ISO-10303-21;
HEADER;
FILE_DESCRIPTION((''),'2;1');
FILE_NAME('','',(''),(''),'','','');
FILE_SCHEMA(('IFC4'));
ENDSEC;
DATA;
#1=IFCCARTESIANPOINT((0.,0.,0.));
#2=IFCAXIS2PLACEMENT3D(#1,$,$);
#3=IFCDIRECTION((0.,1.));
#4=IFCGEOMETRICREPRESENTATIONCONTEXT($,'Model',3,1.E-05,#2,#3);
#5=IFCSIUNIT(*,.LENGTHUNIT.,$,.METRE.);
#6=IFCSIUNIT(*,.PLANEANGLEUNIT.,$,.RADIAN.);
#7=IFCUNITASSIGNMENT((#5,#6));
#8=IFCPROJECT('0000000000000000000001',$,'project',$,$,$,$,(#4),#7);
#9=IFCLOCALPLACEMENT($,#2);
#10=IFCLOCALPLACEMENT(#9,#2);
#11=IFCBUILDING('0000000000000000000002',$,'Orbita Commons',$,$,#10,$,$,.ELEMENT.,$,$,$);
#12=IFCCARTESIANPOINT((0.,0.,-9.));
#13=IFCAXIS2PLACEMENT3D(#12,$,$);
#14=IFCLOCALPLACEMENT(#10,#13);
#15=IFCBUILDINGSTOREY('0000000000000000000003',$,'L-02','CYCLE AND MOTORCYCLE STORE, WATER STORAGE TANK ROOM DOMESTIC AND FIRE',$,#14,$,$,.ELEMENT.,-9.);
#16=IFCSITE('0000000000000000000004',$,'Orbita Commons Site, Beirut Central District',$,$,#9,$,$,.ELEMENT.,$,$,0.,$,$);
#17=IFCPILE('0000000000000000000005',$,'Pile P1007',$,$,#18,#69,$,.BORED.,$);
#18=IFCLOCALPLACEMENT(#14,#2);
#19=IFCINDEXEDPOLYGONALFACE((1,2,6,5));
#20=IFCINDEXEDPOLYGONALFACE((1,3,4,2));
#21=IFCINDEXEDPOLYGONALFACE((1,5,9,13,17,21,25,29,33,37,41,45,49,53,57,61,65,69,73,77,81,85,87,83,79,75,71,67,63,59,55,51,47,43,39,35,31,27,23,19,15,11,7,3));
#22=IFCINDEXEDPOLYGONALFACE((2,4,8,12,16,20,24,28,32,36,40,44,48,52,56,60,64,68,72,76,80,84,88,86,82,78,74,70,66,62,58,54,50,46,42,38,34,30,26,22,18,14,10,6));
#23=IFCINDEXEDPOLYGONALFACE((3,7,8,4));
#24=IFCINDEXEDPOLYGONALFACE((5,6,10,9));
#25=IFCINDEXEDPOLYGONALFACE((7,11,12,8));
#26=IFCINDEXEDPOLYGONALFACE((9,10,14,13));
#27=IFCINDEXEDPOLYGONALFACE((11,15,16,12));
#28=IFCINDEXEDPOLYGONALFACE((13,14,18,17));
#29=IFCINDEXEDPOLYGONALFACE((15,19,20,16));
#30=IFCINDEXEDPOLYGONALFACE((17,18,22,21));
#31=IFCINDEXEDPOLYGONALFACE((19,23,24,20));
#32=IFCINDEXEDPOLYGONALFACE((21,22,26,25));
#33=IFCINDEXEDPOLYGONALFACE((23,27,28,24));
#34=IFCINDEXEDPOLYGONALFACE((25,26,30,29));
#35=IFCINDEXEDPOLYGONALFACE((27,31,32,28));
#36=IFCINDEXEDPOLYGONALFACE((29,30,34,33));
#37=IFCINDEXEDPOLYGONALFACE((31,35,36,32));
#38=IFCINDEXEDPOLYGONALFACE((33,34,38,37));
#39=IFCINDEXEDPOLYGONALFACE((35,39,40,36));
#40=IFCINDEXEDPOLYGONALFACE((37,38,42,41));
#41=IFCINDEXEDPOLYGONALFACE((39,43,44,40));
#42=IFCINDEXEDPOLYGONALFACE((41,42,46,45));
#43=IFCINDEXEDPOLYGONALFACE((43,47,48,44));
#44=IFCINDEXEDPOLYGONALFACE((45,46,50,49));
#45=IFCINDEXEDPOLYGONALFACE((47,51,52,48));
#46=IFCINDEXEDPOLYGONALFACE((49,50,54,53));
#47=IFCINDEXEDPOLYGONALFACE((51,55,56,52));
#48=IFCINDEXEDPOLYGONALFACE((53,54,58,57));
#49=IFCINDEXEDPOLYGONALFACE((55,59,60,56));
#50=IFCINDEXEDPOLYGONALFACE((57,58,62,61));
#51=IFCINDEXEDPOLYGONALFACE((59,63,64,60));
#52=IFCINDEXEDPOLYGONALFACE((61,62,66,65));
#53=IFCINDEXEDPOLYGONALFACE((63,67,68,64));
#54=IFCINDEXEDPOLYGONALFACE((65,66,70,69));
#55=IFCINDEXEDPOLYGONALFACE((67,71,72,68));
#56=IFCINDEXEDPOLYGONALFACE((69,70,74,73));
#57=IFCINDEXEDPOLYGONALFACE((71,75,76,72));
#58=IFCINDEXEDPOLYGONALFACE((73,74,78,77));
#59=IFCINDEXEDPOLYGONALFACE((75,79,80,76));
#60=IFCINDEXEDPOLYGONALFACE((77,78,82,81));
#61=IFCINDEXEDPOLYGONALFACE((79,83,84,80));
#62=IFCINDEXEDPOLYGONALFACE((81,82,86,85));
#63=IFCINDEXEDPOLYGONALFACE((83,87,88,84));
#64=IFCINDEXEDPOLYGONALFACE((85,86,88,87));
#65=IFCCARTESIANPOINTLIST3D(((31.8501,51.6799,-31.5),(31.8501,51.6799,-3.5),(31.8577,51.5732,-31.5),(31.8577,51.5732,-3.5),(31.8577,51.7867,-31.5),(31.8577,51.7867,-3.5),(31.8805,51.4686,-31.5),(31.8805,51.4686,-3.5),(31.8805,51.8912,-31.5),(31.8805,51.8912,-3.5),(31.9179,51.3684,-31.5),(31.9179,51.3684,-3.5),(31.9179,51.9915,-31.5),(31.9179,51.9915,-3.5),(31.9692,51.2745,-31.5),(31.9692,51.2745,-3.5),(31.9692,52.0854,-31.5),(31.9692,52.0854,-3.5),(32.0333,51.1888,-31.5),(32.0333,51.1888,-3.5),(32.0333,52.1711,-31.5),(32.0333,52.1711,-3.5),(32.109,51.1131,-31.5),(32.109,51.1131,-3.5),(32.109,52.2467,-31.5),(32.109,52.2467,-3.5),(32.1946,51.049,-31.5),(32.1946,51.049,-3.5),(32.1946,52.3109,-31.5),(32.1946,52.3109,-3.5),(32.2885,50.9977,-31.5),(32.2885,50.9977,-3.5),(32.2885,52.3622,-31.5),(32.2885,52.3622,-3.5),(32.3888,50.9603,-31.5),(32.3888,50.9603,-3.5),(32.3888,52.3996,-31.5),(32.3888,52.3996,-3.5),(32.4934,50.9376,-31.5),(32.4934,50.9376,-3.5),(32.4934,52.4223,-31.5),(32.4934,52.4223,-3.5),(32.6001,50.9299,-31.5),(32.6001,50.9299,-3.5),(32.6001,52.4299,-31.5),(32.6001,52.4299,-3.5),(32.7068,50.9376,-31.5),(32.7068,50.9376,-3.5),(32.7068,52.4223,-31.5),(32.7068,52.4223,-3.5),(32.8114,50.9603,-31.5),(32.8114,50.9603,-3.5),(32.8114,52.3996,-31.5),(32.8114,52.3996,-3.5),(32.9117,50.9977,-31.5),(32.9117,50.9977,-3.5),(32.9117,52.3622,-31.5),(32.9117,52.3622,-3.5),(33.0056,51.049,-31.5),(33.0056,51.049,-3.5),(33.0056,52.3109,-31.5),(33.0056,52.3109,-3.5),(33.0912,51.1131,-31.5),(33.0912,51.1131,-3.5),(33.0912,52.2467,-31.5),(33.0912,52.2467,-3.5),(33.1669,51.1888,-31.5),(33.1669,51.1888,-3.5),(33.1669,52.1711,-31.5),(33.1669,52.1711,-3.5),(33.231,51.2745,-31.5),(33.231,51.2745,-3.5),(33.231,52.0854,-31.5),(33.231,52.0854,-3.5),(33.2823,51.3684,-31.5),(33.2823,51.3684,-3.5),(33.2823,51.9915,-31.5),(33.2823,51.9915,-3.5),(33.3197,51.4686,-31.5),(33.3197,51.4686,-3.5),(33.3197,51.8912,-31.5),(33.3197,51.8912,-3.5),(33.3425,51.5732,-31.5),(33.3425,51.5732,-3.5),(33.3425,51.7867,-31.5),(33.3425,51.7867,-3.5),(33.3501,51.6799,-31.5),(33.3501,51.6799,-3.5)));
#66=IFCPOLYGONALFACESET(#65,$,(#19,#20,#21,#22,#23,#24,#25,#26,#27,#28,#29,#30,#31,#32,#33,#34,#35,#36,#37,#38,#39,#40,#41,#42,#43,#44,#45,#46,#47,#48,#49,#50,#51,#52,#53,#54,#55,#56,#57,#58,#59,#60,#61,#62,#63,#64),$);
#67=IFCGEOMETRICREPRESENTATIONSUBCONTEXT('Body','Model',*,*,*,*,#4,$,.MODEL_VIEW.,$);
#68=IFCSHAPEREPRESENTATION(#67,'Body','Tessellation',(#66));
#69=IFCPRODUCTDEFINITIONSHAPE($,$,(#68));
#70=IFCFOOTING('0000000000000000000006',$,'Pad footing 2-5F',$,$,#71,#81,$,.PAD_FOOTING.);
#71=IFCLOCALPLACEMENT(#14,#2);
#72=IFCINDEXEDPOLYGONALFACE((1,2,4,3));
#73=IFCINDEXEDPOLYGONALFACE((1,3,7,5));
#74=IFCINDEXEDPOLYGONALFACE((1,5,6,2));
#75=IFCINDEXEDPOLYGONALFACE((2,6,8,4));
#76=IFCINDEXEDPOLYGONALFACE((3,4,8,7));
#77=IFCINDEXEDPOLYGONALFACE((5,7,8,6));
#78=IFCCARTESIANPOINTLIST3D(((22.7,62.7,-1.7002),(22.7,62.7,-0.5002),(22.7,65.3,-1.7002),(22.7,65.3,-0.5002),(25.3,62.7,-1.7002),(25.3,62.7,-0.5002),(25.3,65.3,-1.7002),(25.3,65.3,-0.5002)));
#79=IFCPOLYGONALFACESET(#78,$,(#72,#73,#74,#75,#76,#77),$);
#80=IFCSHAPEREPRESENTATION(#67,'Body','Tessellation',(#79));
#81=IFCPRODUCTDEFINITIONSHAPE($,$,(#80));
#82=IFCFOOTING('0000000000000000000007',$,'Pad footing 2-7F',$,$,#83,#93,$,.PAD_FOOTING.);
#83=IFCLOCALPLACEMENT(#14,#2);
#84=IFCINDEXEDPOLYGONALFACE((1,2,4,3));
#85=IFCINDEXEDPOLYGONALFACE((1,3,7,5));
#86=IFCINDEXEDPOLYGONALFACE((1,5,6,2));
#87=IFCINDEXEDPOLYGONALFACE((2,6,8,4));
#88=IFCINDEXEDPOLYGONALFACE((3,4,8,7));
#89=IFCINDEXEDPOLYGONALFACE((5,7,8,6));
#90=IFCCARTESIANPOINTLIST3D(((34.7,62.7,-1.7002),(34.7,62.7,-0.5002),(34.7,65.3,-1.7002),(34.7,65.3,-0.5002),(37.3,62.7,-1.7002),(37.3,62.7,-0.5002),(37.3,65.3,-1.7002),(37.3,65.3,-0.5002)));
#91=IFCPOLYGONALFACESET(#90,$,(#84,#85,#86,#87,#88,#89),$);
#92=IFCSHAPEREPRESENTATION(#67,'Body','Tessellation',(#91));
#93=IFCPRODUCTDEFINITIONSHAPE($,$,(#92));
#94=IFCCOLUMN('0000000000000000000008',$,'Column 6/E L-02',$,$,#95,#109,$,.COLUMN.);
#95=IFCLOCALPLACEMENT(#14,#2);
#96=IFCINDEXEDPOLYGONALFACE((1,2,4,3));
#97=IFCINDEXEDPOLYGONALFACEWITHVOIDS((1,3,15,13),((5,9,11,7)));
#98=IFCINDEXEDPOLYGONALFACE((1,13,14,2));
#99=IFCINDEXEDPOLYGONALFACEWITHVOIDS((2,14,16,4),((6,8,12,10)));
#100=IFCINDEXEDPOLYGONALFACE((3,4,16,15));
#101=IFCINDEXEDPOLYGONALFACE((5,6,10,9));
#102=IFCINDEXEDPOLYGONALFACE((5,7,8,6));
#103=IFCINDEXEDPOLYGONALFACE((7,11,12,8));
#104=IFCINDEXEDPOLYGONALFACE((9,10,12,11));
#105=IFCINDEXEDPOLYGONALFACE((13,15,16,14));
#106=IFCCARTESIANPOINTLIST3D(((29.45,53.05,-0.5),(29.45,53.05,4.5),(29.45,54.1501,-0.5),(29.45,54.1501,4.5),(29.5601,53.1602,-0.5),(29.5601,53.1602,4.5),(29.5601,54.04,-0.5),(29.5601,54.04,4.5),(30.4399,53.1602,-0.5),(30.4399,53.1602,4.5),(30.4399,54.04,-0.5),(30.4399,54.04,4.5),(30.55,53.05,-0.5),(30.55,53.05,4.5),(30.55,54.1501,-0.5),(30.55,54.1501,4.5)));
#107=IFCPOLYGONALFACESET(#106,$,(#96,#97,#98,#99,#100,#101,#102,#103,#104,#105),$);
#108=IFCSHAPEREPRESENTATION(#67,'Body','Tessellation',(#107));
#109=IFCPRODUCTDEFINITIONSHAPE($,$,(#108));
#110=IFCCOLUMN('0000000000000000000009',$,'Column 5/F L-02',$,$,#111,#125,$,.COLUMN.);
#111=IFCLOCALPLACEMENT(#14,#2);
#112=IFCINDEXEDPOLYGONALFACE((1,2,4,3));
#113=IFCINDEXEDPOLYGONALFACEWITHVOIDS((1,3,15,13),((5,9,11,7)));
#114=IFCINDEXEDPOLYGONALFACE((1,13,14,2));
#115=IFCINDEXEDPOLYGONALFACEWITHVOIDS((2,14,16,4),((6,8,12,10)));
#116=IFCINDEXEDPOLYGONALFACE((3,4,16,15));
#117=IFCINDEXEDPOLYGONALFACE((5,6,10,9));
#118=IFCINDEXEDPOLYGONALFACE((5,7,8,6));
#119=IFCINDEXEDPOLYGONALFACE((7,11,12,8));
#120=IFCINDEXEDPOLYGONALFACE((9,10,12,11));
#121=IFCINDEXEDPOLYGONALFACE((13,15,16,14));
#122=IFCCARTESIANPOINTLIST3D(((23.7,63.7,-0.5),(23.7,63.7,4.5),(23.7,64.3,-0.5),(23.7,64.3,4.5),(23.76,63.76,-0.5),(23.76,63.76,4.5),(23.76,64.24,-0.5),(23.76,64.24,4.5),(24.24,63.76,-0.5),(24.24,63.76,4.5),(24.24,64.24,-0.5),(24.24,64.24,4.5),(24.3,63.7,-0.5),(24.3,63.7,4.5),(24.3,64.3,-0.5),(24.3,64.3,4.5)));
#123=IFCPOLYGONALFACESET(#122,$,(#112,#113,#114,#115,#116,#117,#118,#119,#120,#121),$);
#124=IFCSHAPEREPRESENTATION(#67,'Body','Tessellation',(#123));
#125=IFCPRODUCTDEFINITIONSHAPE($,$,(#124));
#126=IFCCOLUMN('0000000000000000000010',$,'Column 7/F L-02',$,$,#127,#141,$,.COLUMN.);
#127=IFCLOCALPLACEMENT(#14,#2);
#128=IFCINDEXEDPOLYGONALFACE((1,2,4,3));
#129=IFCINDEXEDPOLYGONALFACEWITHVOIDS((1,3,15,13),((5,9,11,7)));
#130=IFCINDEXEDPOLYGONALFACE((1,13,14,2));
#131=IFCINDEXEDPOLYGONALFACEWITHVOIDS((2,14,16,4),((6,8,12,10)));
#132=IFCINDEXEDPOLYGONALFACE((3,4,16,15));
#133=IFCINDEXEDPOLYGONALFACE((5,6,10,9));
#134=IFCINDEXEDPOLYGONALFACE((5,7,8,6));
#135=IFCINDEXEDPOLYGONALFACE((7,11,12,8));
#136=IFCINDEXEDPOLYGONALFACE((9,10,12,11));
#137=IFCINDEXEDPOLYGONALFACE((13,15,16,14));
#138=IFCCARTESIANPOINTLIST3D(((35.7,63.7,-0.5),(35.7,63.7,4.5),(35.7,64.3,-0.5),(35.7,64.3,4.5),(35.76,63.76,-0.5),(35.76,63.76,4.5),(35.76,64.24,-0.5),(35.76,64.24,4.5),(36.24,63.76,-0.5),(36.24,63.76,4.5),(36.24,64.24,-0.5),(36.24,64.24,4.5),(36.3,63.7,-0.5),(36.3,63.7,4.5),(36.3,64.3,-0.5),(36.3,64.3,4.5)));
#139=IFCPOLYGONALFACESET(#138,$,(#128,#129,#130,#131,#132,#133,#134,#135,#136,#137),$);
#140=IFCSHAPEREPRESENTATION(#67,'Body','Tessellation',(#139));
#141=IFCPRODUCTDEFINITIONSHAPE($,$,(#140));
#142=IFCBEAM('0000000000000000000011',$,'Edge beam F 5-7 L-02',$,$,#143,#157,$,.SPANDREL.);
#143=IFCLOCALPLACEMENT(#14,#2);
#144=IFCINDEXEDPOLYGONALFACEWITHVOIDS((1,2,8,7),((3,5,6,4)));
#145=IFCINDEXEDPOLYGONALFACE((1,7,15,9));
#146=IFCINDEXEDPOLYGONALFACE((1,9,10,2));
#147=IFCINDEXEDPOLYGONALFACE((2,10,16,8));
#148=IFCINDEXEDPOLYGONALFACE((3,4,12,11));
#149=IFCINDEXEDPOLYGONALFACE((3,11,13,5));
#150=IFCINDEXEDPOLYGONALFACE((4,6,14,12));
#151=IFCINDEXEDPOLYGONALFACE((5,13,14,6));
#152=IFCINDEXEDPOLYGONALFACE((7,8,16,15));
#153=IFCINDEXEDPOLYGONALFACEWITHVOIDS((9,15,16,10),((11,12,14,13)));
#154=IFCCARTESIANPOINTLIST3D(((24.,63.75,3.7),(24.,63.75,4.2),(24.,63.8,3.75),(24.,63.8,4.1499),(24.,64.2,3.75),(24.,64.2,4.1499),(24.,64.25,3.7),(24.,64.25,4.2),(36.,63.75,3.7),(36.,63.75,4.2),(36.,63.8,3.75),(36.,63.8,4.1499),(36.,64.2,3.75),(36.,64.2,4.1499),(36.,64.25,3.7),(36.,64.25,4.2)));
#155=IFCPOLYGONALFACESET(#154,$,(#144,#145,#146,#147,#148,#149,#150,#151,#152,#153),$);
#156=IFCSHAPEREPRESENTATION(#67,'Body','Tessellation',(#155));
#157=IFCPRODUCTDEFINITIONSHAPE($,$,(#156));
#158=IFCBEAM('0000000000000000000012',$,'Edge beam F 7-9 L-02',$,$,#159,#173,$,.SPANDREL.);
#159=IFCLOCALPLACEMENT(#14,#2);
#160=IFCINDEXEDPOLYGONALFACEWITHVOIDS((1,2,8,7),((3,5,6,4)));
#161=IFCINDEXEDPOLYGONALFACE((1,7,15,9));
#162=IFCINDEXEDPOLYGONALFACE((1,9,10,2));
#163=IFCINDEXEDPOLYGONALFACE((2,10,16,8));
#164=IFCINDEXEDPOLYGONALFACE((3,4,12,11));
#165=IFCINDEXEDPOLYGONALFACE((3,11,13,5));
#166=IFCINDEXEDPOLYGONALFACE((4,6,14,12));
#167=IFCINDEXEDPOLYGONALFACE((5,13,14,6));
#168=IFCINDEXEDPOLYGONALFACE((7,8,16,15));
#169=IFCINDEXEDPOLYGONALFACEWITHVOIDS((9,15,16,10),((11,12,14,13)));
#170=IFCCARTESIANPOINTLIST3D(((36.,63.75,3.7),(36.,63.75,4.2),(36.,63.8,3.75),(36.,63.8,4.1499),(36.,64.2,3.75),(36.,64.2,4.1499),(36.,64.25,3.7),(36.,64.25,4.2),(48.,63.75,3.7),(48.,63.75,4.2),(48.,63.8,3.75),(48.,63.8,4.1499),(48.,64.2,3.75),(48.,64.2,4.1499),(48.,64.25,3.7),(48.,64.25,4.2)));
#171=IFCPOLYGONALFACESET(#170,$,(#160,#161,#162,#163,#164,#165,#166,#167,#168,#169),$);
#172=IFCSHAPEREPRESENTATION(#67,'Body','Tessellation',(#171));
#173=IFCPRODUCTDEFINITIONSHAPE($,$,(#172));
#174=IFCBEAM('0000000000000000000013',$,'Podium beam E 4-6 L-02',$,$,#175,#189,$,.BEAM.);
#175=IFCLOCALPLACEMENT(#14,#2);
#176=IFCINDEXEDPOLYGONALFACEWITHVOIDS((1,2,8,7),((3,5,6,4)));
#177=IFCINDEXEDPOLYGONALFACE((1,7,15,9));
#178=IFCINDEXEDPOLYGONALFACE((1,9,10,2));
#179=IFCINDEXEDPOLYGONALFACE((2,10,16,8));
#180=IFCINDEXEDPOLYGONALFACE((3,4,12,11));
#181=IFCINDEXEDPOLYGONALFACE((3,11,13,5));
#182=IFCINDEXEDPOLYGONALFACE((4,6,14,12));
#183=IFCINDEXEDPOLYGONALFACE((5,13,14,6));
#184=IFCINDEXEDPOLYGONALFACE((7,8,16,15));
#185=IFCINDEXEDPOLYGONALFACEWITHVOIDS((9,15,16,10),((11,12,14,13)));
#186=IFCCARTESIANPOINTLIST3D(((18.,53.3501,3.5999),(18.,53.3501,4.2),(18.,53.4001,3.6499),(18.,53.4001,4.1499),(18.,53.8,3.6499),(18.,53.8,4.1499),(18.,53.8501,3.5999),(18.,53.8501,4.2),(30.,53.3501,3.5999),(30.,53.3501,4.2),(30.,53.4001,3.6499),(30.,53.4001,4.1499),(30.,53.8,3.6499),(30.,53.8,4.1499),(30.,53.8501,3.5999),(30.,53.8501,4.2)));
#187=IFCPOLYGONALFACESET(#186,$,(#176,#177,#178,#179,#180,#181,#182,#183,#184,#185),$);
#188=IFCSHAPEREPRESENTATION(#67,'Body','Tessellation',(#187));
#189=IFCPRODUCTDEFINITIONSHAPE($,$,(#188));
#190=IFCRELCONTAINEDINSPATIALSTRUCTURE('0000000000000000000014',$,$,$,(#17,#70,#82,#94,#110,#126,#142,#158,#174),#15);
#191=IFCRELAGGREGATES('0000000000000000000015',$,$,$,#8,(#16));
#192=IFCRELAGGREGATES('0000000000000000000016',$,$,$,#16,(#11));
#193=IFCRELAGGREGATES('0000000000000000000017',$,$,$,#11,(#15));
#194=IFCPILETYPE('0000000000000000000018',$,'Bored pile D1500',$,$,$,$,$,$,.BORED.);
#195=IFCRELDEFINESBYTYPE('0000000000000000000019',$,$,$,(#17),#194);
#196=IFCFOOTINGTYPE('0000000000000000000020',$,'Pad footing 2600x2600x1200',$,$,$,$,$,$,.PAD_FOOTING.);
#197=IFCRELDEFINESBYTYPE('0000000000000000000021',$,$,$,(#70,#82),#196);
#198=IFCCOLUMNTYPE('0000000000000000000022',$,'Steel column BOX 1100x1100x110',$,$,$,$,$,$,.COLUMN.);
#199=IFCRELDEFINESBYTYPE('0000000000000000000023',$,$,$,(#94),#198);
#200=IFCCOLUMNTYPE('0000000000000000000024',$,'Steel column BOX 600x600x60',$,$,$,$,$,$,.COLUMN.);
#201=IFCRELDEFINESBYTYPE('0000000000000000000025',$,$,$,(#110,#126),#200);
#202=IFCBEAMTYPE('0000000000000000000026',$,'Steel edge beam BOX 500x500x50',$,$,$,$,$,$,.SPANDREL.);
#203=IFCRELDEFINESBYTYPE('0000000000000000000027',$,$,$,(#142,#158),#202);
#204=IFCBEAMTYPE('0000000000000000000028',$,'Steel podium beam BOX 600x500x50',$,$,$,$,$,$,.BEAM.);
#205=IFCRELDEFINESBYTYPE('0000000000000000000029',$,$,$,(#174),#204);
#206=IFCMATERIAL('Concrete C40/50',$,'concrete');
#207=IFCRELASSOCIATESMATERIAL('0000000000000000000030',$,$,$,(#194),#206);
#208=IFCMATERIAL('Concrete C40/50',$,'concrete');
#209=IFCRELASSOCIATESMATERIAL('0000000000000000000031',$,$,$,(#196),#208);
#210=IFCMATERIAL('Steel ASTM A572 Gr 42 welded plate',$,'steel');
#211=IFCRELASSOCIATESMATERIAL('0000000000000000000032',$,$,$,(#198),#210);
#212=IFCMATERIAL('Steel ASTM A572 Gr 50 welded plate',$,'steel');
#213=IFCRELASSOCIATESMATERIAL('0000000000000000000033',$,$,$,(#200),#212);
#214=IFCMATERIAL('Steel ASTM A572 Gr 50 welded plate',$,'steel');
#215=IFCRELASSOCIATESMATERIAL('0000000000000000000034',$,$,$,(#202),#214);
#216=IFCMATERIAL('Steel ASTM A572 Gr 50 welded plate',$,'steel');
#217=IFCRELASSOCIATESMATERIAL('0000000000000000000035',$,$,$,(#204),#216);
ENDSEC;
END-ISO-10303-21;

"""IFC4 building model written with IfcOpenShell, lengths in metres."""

from ifc_helpers import new_model, si_unit, direction, frame, origin, origin_2d, place, context, subcontext, project, spatial, rectangle, hollow_rectangle, circle, extrude, material, material_profile, profile_set, type_object, element, save


model = new_model("IFC4")

# Units and contexts
model_context = context("Model", 3, precision=1e-05, world=origin(), true_north=direction((0.0, 1.0)))
body_context = subcontext(model_context, "Body", "Model", "MODEL_VIEW")
ifc_project = project(units=[si_unit("LENGTHUNIT", "METRE"), si_unit("PLANEANGLEUNIT", "RADIAN")], contexts=[model_context])

# Site, building, storey
site_placement = place(None, origin())
site = spatial("IfcSite", under=ifc_project, at=site_placement, Name="Orbita Commons Site, Beirut Central District", CompositionType="ELEMENT", RefElevation=0.0)
building_placement = place(site_placement, origin())
building = spatial("IfcBuilding", under=site, at=building_placement, Name="Orbita Commons", CompositionType="ELEMENT")
storey_placement = place(building_placement, frame((0.0, 0.0, -9.0)))
storey = spatial("IfcBuildingStorey", under=building, at=storey_placement, Name="L-02", Description="CYCLE AND MOTORCYCLE STORE, WATER STORAGE TANK ROOM DOMESTIC AND FIRE", CompositionType="ELEMENT", Elevation=-9.0)

# Pile
ifc_material_1 = material(Name="Concrete C40/50", Category="concrete")
ifc_material_profile_1 = material_profile(ifc_material_1, circle(Radius=0.75, at=origin_2d()), Name="RC D1500")
ifc_profile_set_1 = profile_set([ifc_material_profile_1], Name="Concrete C40/50")
pile_type = type_object("IfcPileType", Name="Bored pile D1500", PredefinedType="BORED", material=ifc_profile_set_1)
for number, where, z_axis, x_axis, name in (
    (1, (32.6001, 51.6799, -3.5), (0.0, 0.0, -1.0), (1.0, 0.0, 0.0), "Pile P1007"),
):
    element("IfcPile", number, at=place(storey_placement, frame(where, z_axis=z_axis, x_axis=x_axis)), inside=storey, type_object=pile_type, Name=name, PredefinedType="BORED", context=body_context, shape_type="SweptSolid", body=[
        extrude(circle(Radius=0.75, at=origin_2d()), origin(), (0.0, 0.0, 1.0), 28.0),
    ])

# Footings
ifc_material_2 = material(Name="Concrete C40/50", Category="concrete")
footing_type = type_object("IfcFootingType", Name="Pad footing 2600x2600x1200", PredefinedType="PAD_FOOTING", material=ifc_material_2)
for number, where, z_axis, x_axis, name in (
    (2, (24.0, 64.0, -1.7002), (0.0, 0.0, 1.0), (1.0, 0.0, 0.0), "Pad footing 2-5F"),
    (3, (36.0, 64.0, -1.7002), (0.0, 0.0, 1.0), (1.0, 0.0, 0.0), "Pad footing 2-7F"),
):
    element("IfcFooting", number, at=place(storey_placement, frame(where, z_axis=z_axis, x_axis=x_axis)), inside=storey, type_object=footing_type, Name=name, PredefinedType="PAD_FOOTING", context=body_context, shape_type="SweptSolid", body=[
        extrude(rectangle(XDim=2.6001, YDim=2.6001, at=origin_2d()), origin(), (0.0, 0.0, 1.0), 1.2),
    ])

# Columns
ifc_material_3 = material(Name="Steel ASTM A572 Gr 42 welded plate", Category="steel")
ifc_material_profile_2 = material_profile(ifc_material_3, hollow_rectangle(XDim=1.1001, YDim=1.1001, WallThickness=0.1101, at=origin_2d()), Name="BOX 1100x1100x110")
ifc_profile_set_2 = profile_set([ifc_material_profile_2], Name="Steel ASTM A572 Gr 42 welded plate")
column_type_1 = type_object("IfcColumnType", Name="Steel column BOX 1100x1100x110", PredefinedType="COLUMN", material=ifc_profile_set_2)
column_placement = place(storey_placement, frame((30.0, 53.6001, -0.5), z_axis=(0.0, 0.0, 1.0), x_axis=(1.0, 0.0, 0.0)))
element("IfcColumn", 4, at=column_placement, inside=storey, type_object=column_type_1, Name="Column 6/E L-02", PredefinedType="COLUMN", context=body_context, shape_type="SweptSolid", body=[
    extrude(hollow_rectangle(XDim=1.1001, YDim=1.1001, WallThickness=0.1101, at=origin_2d()), origin(), (0.0, 0.0, 1.0), 5.0),
])
ifc_material_4 = material(Name="Steel ASTM A572 Gr 50 welded plate", Category="steel")
ifc_material_profile_3 = material_profile(ifc_material_4, hollow_rectangle(XDim=0.6001, YDim=0.6001, WallThickness=0.0601, at=origin_2d()), Name="BOX 600x600x60")
ifc_profile_set_3 = profile_set([ifc_material_profile_3], Name="Steel ASTM A572 Gr 50 welded plate")
column_type_2 = type_object("IfcColumnType", Name="Steel column BOX 600x600x60", PredefinedType="COLUMN", material=ifc_profile_set_3)
for number, where, z_axis, x_axis, name in (
    (5, (24.0, 64.0, -0.5), (0.0, 0.0, 1.0), (1.0, 0.0, 0.0), "Column 5/F L-02"),
    (6, (36.0, 64.0, -0.5), (0.0, 0.0, 1.0), (1.0, 0.0, 0.0), "Column 7/F L-02"),
):
    element("IfcColumn", number, at=place(storey_placement, frame(where, z_axis=z_axis, x_axis=x_axis)), inside=storey, type_object=column_type_2, Name=name, PredefinedType="COLUMN", context=body_context, shape_type="SweptSolid", body=[
        extrude(hollow_rectangle(XDim=0.6001, YDim=0.6001, WallThickness=0.0601, at=origin_2d()), origin(), (0.0, 0.0, 1.0), 5.0),
    ])

# Beams
ifc_material_5 = material(Name="Steel ASTM A572 Gr 50 welded plate", Category="steel")
ifc_material_profile_4 = material_profile(ifc_material_5, hollow_rectangle(XDim=0.5, YDim=0.5, WallThickness=0.05, at=origin_2d()), Name="BOX 500x500x50")
ifc_profile_set_4 = profile_set([ifc_material_profile_4], Name="Steel ASTM A572 Gr 50 welded plate")
beam_type_1 = type_object("IfcBeamType", Name="Steel edge beam BOX 500x500x50", PredefinedType="SPANDREL", material=ifc_profile_set_4)
for number, where, z_axis, x_axis, name in (
    (7, (24.0, 64.0, 3.95), (1.0, 0.0, 0.0), (0.0, 1.0, 0.0), "Edge beam F 5-7 L-02"),
    (8, (36.0, 64.0, 3.95), (1.0, 0.0, 0.0), (0.0, 1.0, 0.0), "Edge beam F 7-9 L-02"),
):
    element("IfcBeam", number, at=place(storey_placement, frame(where, z_axis=z_axis, x_axis=x_axis)), inside=storey, type_object=beam_type_1, Name=name, PredefinedType="SPANDREL", context=body_context, shape_type="SweptSolid", body=[
        extrude(hollow_rectangle(XDim=0.5, YDim=0.5, WallThickness=0.05, at=origin_2d()), origin(), (0.0, 0.0, 1.0), 12.0),
    ])
ifc_material_6 = material(Name="Steel ASTM A572 Gr 50 welded plate", Category="steel")
ifc_material_profile_5 = material_profile(ifc_material_6, hollow_rectangle(XDim=0.5, YDim=0.6001, WallThickness=0.05, at=origin_2d()), Name="BOX 600x500x50")
ifc_profile_set_5 = profile_set([ifc_material_profile_5], Name="Steel ASTM A572 Gr 50 welded plate")
beam_type_2 = type_object("IfcBeamType", Name="Steel podium beam BOX 600x500x50", PredefinedType="BEAM", material=ifc_profile_set_5)
for number, where, z_axis, x_axis, name in (
    (9, (18.0, 53.6001, 3.8999), (1.0, 0.0, 0.0), (0.0, 1.0, 0.0), "Podium beam E 4-6 L-02"),
):
    element("IfcBeam", number, at=place(storey_placement, frame(where, z_axis=z_axis, x_axis=x_axis)), inside=storey, type_object=beam_type_2, Name=name, PredefinedType="BEAM", context=body_context, shape_type="SweptSolid", body=[
        extrude(hollow_rectangle(XDim=0.5, YDim=0.6001, WallThickness=0.05, at=origin_2d()), origin(), (0.0, 0.0, 1.0), 12.0),
    ])

save(model, "model.ifc")
